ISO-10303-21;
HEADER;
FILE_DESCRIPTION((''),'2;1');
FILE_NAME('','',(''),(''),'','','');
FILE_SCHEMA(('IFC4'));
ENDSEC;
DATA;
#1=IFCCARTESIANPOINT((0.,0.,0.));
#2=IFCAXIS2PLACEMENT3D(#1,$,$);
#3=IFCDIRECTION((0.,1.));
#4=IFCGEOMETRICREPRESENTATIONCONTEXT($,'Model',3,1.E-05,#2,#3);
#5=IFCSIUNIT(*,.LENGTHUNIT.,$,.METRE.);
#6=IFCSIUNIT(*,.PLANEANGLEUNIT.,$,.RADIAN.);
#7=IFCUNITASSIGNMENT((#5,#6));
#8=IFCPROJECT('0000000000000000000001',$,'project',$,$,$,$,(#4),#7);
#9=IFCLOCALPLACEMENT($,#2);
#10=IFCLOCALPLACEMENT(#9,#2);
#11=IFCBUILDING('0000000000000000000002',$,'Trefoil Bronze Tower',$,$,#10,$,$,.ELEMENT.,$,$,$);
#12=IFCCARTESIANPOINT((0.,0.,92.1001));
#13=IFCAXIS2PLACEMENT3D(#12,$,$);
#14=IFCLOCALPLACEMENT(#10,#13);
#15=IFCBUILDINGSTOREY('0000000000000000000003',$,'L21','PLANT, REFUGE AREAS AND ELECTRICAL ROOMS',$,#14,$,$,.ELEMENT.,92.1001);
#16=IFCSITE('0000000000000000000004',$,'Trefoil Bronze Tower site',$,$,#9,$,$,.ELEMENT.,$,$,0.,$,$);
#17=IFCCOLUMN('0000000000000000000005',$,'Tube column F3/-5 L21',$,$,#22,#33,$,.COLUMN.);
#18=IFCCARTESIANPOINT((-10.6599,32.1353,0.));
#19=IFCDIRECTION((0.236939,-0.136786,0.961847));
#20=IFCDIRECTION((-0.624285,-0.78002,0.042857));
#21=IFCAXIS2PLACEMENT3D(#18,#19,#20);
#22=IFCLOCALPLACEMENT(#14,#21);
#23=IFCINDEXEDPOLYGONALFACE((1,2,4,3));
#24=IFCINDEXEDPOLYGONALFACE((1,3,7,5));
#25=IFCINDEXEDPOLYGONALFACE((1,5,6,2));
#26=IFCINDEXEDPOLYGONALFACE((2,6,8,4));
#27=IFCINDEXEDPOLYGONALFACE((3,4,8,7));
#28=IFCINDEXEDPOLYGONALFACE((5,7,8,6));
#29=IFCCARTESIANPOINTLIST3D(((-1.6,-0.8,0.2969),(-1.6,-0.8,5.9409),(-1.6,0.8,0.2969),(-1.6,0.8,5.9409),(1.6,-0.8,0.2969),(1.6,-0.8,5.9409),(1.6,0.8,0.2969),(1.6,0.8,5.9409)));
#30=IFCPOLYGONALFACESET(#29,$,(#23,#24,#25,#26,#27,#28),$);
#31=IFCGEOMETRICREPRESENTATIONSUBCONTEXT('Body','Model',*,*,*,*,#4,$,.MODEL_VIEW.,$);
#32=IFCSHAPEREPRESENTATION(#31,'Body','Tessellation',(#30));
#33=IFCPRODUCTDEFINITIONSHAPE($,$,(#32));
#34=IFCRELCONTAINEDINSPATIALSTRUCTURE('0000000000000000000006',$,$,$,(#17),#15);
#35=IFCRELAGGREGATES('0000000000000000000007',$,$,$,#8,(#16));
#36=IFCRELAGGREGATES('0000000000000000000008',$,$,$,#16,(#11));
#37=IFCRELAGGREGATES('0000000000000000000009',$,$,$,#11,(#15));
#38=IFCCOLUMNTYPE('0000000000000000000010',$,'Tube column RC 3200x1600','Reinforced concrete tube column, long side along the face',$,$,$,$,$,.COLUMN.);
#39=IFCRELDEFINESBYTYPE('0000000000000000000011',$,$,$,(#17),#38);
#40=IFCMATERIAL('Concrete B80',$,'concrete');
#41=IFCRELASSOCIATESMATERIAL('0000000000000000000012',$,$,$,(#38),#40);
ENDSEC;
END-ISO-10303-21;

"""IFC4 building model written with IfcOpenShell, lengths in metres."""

from ifc_helpers import new_model, si_unit, direction, frame, origin, origin_2d, place, context, subcontext, project, spatial, rectangle, extrude, clip, halfspace, material, material_profile, profile_set, type_object, element, save


model = new_model("IFC4")

# Units and contexts
model_context = context("Model", 3, precision=1e-05, world=origin(), true_north=direction((0.0, 1.0)))
body_context = subcontext(model_context, "Body", "Model", "MODEL_VIEW")
ifc_project = project(units=[si_unit("LENGTHUNIT", "METRE"), si_unit("PLANEANGLEUNIT", "RADIAN")], contexts=[model_context])

# Site, building, storey
site_placement = place(None, origin())
site = spatial("IfcSite", under=ifc_project, at=site_placement, Name="Trefoil Bronze Tower site", CompositionType="ELEMENT", RefElevation=0.0)
building_placement = place(site_placement, origin())
building = spatial("IfcBuilding", under=site, at=building_placement, Name="Trefoil Bronze Tower", CompositionType="ELEMENT")
storey_placement = place(building_placement, frame((0.0, 0.0, 92.1001)))
storey = spatial("IfcBuildingStorey", under=building, at=storey_placement, Name="L21", Description="PLANT, REFUGE AREAS AND ELECTRICAL ROOMS", CompositionType="ELEMENT", Elevation=92.1001)

# Column
ifc_material_1 = material(Name="Concrete B80", Category="concrete")
ifc_material_profile_1 = material_profile(ifc_material_1, rectangle(XDim=3.2, YDim=1.6001, at=origin_2d()), Name="RC 3200x1600")
ifc_profile_set_1 = profile_set([ifc_material_profile_1], Name="Concrete B80")
column_type = type_object("IfcColumnType", Name="Tube column RC 3200x1600", Description="Reinforced concrete tube column, long side along the face", PredefinedType="COLUMN", material=ifc_profile_set_1)
column_placement = place(storey_placement, frame((-10.6599, 32.1353, 0.0), z_axis=(0.236939, -0.136786, 0.961847), x_axis=(-0.624285, -0.78002, 0.042857)))
element("IfcColumn", 1, at=column_placement, inside=storey, type_object=column_type, Name="Tube column F3/-5 L21", PredefinedType="COLUMN", context=body_context, shape_type="Clipping", body=[
    clip(clip(extrude(rectangle(XDim=3.2, YDim=1.6001, at=origin_2d()), origin(), (0.0, 0.0, 1.0), 6.238), halfspace(frame((0.0, 0.0, 0.2969), z_axis=(0.000007, 0.000017, 1.0), x_axis=(0.0, 1.0, -0.000017)), True)), halfspace(frame((0.0, 0.0002, 5.9409), z_axis=(-0.000007, -0.000017, -1.0), x_axis=(0.0, -1.0, 0.000017)), True)),
])

save(model, "model.ifc")
